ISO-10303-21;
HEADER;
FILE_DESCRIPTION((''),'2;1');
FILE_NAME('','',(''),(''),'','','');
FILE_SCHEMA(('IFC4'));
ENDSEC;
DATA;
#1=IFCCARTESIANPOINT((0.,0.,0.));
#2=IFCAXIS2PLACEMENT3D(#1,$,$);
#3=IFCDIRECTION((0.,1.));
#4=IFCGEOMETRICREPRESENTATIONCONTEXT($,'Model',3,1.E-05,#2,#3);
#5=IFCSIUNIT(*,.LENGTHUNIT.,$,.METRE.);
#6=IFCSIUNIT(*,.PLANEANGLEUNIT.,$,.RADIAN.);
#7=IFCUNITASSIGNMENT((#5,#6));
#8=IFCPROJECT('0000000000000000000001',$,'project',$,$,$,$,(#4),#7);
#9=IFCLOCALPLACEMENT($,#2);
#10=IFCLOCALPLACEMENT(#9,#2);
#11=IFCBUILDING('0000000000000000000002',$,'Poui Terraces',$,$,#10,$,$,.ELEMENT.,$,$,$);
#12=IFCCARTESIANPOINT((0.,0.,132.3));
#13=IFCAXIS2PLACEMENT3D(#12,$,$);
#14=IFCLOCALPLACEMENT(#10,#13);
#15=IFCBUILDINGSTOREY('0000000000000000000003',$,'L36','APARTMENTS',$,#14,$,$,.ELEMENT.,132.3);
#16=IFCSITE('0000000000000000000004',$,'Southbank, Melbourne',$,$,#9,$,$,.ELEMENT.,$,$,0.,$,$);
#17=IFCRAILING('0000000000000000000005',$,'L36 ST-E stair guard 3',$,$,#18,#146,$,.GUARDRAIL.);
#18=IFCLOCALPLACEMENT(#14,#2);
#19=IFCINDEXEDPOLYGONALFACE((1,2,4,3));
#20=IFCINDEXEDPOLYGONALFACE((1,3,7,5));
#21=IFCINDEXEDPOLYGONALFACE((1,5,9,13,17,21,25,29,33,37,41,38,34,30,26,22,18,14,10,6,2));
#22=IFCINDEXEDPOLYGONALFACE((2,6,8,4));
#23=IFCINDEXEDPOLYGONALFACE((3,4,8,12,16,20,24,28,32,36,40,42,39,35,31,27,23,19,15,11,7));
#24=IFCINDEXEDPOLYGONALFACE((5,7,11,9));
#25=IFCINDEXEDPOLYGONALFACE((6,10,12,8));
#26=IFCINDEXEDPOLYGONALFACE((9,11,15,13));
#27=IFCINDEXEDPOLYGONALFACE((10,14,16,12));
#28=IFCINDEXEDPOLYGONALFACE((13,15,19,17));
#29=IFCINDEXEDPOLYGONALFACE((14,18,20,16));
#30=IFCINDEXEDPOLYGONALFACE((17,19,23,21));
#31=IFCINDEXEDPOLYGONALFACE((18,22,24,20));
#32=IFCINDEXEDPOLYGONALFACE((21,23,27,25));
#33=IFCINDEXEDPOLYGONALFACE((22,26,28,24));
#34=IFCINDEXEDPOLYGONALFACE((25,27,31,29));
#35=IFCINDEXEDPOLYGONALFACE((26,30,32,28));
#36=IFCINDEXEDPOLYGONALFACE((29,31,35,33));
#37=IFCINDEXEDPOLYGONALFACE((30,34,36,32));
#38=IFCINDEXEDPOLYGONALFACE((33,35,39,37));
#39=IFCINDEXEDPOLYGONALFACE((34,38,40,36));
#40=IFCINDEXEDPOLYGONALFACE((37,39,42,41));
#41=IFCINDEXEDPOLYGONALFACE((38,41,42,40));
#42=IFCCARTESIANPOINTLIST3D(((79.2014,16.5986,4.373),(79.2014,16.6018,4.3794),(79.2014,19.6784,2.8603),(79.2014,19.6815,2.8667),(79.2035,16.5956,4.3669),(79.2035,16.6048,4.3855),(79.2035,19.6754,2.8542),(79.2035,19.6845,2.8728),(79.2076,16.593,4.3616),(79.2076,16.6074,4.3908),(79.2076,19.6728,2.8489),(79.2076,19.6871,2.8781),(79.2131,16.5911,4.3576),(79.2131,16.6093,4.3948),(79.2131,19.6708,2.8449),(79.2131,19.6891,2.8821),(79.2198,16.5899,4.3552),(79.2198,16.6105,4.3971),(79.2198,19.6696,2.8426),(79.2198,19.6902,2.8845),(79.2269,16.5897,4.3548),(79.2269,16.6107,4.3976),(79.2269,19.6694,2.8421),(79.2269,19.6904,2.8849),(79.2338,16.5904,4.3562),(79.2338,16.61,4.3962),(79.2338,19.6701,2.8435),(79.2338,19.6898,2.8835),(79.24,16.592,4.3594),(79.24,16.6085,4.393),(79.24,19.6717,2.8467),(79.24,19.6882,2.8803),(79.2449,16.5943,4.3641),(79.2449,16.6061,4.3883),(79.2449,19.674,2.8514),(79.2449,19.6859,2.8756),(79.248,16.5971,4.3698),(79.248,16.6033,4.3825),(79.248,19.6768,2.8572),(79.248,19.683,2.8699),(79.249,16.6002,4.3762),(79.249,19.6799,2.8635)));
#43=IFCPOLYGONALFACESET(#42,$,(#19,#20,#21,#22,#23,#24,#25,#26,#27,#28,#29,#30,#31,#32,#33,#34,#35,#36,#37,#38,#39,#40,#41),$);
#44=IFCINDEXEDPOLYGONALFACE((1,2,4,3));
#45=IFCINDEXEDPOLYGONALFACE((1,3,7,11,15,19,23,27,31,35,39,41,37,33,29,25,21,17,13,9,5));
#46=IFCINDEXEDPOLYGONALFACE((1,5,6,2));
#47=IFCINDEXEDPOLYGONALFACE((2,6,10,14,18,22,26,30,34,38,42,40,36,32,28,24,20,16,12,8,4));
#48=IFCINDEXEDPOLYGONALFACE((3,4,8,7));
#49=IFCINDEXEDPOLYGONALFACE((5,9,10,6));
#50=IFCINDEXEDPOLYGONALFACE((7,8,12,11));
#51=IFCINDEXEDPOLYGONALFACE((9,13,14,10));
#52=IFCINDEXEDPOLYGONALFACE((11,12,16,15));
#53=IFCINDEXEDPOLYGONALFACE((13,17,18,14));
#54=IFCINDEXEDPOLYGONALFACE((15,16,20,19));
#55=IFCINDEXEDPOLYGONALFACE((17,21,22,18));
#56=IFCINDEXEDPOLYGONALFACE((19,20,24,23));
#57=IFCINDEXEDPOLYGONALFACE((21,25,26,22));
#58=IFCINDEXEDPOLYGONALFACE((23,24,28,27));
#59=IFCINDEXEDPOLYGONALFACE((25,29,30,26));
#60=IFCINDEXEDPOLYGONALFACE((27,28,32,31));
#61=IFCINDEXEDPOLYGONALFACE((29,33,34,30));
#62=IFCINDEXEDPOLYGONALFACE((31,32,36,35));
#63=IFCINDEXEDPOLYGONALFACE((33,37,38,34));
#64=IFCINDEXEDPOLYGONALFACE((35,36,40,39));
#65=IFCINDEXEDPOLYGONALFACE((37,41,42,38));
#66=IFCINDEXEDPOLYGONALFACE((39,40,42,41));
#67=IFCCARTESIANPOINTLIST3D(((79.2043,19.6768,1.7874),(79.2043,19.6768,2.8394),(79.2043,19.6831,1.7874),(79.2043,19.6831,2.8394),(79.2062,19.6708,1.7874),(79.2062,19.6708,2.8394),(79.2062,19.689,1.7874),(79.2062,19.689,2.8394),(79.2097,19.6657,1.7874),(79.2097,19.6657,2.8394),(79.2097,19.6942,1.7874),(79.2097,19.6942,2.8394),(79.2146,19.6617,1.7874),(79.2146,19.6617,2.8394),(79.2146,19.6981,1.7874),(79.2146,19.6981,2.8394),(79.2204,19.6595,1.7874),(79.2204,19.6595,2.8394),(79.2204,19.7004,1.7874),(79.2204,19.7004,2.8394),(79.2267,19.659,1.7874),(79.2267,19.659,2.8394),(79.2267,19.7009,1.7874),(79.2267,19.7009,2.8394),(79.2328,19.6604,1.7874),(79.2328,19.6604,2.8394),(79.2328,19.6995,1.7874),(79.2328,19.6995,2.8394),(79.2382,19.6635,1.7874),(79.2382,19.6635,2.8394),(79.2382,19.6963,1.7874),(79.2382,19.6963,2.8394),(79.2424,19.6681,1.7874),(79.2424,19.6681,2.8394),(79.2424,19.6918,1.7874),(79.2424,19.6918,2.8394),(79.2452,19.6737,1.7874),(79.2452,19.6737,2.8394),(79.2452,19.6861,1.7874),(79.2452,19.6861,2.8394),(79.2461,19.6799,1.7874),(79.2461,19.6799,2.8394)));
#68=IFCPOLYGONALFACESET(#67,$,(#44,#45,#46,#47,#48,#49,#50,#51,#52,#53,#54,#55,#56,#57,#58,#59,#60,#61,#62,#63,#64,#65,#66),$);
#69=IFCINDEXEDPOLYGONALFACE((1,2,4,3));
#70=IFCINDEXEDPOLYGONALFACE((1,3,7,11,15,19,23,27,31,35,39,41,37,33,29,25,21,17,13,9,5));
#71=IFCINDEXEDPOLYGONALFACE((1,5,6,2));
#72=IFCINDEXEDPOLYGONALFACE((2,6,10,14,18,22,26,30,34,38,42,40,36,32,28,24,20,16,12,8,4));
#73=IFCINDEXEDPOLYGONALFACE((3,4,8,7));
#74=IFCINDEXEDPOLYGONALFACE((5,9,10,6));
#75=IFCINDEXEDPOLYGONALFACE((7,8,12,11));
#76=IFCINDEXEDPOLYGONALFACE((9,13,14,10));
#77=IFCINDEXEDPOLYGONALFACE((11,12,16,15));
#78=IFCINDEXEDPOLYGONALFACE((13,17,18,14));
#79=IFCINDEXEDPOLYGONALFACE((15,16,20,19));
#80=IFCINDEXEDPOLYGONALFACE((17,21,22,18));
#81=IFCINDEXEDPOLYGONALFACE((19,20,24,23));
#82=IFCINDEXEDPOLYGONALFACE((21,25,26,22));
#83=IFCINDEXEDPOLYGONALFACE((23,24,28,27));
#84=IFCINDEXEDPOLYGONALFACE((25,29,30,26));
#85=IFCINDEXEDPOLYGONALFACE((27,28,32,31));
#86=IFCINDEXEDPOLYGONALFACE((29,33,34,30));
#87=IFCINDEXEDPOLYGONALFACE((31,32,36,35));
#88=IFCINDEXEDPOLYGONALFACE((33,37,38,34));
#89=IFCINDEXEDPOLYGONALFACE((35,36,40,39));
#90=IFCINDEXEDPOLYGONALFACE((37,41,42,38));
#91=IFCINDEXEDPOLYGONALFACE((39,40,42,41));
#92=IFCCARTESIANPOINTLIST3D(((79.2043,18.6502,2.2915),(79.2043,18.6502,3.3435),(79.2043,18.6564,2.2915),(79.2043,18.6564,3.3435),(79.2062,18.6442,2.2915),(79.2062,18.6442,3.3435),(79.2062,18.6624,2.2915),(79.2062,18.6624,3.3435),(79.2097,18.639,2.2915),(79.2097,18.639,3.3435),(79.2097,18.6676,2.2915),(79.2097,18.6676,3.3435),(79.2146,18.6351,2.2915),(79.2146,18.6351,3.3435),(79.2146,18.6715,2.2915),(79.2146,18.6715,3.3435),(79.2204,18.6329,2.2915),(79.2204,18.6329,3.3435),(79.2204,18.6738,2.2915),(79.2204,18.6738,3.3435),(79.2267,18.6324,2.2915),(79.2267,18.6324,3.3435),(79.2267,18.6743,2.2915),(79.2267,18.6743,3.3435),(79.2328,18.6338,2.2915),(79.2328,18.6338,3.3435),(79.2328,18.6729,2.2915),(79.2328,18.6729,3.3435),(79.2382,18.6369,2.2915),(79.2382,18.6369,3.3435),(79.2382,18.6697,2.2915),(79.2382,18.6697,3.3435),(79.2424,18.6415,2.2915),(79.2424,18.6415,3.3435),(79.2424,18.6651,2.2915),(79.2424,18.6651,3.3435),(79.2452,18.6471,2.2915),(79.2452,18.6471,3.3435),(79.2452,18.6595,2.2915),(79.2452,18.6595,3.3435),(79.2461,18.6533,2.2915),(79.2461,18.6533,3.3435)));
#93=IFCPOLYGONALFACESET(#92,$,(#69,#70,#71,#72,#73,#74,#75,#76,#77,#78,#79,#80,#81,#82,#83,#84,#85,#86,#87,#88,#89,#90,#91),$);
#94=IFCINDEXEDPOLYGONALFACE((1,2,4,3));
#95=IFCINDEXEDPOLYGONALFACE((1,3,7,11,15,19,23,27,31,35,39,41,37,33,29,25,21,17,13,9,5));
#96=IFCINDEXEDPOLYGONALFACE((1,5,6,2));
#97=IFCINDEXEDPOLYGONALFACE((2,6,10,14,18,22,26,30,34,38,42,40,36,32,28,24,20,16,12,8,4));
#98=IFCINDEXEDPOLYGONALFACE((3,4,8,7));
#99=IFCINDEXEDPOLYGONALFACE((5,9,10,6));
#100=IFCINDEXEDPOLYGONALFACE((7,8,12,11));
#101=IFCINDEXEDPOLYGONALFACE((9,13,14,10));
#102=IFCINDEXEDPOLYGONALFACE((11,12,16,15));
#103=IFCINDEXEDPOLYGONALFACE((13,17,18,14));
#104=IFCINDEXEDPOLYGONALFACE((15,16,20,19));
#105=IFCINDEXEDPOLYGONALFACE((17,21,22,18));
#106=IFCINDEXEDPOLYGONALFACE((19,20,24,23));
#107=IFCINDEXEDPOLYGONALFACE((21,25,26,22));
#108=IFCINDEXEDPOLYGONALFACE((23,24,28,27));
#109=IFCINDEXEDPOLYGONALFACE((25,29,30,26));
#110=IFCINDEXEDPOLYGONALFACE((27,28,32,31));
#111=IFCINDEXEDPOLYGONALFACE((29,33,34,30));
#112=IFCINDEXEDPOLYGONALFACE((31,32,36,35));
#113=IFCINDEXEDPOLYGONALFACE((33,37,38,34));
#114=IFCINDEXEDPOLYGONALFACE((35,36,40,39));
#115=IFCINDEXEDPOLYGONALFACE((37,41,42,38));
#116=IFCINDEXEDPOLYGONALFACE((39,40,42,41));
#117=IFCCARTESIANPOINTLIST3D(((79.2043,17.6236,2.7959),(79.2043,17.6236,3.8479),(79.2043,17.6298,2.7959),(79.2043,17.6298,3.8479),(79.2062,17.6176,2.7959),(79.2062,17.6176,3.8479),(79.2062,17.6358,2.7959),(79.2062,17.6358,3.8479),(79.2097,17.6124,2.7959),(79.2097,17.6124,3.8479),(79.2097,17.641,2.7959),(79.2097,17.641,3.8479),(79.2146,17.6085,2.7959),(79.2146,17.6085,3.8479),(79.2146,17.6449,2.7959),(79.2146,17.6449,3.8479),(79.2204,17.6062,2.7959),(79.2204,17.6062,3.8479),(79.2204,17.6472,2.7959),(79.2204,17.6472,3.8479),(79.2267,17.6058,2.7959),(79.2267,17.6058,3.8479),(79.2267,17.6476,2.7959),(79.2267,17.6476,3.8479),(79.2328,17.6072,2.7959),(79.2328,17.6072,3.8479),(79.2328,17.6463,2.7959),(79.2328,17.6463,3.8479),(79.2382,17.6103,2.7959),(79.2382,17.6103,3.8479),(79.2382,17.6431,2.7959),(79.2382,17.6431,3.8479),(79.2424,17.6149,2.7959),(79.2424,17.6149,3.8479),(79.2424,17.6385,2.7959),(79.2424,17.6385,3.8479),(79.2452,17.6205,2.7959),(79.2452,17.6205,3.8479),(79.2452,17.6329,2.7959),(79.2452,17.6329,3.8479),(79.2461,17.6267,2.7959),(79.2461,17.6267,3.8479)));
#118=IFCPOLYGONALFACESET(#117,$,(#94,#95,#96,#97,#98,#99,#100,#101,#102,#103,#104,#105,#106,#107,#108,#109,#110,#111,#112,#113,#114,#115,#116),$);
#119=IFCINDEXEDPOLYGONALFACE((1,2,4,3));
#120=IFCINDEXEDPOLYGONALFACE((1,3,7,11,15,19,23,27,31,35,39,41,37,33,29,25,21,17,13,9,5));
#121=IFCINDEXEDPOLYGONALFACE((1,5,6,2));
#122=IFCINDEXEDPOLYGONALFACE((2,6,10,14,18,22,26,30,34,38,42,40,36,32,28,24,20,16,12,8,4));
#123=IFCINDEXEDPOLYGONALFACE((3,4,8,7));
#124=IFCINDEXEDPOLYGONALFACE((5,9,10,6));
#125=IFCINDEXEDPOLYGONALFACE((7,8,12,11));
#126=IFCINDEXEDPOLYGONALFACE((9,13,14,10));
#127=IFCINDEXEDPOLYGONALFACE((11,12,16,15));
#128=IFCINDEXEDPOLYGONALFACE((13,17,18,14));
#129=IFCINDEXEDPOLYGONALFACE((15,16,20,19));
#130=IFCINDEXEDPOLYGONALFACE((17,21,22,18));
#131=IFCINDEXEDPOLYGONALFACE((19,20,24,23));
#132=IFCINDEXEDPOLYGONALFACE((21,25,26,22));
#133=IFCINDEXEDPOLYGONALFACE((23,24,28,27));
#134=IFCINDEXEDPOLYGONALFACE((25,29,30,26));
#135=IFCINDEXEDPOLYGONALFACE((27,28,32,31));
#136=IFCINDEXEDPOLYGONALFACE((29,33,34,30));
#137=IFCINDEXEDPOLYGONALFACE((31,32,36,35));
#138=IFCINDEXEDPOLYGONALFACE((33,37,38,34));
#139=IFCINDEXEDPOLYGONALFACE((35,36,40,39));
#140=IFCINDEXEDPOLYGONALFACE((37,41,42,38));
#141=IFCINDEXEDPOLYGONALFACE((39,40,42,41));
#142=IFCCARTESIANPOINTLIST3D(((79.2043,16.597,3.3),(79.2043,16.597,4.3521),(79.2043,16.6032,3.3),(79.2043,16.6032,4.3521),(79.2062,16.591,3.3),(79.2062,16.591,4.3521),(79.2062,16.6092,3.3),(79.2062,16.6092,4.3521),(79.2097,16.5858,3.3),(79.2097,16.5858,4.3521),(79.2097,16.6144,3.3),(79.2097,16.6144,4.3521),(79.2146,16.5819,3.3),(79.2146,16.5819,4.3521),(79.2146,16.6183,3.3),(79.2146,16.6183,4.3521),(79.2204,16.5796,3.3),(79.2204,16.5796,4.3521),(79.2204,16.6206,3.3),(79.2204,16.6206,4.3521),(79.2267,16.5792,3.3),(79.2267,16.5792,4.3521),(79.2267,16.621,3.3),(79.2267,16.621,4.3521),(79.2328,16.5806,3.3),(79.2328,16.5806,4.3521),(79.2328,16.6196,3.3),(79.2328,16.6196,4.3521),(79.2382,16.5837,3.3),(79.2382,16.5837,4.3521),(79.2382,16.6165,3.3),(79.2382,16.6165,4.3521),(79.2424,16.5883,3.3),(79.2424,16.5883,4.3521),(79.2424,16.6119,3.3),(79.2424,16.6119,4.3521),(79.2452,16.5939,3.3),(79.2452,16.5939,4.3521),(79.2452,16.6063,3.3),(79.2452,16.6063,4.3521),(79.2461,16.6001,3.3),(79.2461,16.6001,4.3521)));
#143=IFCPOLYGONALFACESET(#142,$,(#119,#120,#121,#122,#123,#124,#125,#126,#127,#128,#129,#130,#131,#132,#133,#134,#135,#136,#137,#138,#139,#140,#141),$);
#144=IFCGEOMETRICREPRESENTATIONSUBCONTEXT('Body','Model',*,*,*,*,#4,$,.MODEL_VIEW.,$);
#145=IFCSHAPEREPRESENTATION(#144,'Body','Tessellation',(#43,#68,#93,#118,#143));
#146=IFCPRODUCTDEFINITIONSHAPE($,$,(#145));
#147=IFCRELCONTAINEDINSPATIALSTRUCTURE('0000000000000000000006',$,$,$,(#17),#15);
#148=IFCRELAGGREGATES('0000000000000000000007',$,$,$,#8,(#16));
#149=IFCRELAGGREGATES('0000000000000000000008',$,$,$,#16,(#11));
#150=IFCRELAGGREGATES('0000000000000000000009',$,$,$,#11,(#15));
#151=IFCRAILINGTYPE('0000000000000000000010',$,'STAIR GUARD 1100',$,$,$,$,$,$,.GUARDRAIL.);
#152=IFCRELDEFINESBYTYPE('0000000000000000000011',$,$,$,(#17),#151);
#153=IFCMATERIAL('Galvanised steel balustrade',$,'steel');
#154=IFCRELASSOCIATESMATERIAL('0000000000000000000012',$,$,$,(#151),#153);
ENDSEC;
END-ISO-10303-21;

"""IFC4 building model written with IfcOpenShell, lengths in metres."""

from ifc_helpers import new_model, si_unit, direction, frame, origin, origin_2d, place, context, subcontext, project, spatial, circle, extrude, material, type_object, element, save


model = new_model("IFC4")

# Units and contexts
model_context = context("Model", 3, precision=1e-05, world=origin(), true_north=direction((0.0, 1.0)))
body_context = subcontext(model_context, "Body", "Model", "MODEL_VIEW")
ifc_project = project(units=[si_unit("LENGTHUNIT", "METRE"), si_unit("PLANEANGLEUNIT", "RADIAN")], contexts=[model_context])

# Site, building, storey
site_placement = place(None, origin())
site = spatial("IfcSite", under=ifc_project, at=site_placement, Name="Southbank, Melbourne", CompositionType="ELEMENT", RefElevation=0.0)
building_placement = place(site_placement, origin())
building = spatial("IfcBuilding", under=site, at=building_placement, Name="Poui Terraces", CompositionType="ELEMENT")
storey_placement = place(building_placement, frame((0.0, 0.0, 132.3)))
storey = spatial("IfcBuildingStorey", under=building, at=storey_placement, Name="L36", Description="APARTMENTS", CompositionType="ELEMENT", Elevation=132.3)

# Railing
ifc_material_1 = material(Name="Galvanised steel balustrade", Category="steel")
railing_type_1 = type_object("IfcRailingType", Name="STAIR GUARD 1100", PredefinedType="GUARDRAIL", material=ifc_material_1)
railing_1_placement = place(storey_placement, frame((79.2251, 19.6799, 1.7874)))
element("IfcRailing", 1, at=railing_1_placement, inside=storey, type_object=railing_type_1, Name="L36 ST-E stair guard 3", PredefinedType="GUARDRAIL", context=body_context, shape_type="SweptSolid", body=[
    extrude(circle(Radius=0.0239, at=origin_2d()), frame((0.0, 0.0, 1.0762), z_axis=(0.0, -0.897578, 0.440856), x_axis=(1.0, 0.0, 0.0)), (0.0, 0.0, 1.0), 3.4312),
    extrude(circle(Radius=0.021, at=origin_2d()), origin(), (0.0, 0.0, 1.0), 1.052),
    extrude(circle(Radius=0.021, at=origin_2d()), frame((0.0, -1.0266, 0.5042)), (0.0, 0.0, 1.0), 1.052),
    extrude(circle(Radius=0.021, at=origin_2d()), frame((0.0, -2.0532, 1.0085)), (0.0, 0.0, 1.0), 1.052),
    extrude(circle(Radius=0.021, at=origin_2d()), frame((0.0, -3.0798, 1.5127)), (0.0, 0.0, 1.0), 1.052),
])

save(model, "model.ifc")
